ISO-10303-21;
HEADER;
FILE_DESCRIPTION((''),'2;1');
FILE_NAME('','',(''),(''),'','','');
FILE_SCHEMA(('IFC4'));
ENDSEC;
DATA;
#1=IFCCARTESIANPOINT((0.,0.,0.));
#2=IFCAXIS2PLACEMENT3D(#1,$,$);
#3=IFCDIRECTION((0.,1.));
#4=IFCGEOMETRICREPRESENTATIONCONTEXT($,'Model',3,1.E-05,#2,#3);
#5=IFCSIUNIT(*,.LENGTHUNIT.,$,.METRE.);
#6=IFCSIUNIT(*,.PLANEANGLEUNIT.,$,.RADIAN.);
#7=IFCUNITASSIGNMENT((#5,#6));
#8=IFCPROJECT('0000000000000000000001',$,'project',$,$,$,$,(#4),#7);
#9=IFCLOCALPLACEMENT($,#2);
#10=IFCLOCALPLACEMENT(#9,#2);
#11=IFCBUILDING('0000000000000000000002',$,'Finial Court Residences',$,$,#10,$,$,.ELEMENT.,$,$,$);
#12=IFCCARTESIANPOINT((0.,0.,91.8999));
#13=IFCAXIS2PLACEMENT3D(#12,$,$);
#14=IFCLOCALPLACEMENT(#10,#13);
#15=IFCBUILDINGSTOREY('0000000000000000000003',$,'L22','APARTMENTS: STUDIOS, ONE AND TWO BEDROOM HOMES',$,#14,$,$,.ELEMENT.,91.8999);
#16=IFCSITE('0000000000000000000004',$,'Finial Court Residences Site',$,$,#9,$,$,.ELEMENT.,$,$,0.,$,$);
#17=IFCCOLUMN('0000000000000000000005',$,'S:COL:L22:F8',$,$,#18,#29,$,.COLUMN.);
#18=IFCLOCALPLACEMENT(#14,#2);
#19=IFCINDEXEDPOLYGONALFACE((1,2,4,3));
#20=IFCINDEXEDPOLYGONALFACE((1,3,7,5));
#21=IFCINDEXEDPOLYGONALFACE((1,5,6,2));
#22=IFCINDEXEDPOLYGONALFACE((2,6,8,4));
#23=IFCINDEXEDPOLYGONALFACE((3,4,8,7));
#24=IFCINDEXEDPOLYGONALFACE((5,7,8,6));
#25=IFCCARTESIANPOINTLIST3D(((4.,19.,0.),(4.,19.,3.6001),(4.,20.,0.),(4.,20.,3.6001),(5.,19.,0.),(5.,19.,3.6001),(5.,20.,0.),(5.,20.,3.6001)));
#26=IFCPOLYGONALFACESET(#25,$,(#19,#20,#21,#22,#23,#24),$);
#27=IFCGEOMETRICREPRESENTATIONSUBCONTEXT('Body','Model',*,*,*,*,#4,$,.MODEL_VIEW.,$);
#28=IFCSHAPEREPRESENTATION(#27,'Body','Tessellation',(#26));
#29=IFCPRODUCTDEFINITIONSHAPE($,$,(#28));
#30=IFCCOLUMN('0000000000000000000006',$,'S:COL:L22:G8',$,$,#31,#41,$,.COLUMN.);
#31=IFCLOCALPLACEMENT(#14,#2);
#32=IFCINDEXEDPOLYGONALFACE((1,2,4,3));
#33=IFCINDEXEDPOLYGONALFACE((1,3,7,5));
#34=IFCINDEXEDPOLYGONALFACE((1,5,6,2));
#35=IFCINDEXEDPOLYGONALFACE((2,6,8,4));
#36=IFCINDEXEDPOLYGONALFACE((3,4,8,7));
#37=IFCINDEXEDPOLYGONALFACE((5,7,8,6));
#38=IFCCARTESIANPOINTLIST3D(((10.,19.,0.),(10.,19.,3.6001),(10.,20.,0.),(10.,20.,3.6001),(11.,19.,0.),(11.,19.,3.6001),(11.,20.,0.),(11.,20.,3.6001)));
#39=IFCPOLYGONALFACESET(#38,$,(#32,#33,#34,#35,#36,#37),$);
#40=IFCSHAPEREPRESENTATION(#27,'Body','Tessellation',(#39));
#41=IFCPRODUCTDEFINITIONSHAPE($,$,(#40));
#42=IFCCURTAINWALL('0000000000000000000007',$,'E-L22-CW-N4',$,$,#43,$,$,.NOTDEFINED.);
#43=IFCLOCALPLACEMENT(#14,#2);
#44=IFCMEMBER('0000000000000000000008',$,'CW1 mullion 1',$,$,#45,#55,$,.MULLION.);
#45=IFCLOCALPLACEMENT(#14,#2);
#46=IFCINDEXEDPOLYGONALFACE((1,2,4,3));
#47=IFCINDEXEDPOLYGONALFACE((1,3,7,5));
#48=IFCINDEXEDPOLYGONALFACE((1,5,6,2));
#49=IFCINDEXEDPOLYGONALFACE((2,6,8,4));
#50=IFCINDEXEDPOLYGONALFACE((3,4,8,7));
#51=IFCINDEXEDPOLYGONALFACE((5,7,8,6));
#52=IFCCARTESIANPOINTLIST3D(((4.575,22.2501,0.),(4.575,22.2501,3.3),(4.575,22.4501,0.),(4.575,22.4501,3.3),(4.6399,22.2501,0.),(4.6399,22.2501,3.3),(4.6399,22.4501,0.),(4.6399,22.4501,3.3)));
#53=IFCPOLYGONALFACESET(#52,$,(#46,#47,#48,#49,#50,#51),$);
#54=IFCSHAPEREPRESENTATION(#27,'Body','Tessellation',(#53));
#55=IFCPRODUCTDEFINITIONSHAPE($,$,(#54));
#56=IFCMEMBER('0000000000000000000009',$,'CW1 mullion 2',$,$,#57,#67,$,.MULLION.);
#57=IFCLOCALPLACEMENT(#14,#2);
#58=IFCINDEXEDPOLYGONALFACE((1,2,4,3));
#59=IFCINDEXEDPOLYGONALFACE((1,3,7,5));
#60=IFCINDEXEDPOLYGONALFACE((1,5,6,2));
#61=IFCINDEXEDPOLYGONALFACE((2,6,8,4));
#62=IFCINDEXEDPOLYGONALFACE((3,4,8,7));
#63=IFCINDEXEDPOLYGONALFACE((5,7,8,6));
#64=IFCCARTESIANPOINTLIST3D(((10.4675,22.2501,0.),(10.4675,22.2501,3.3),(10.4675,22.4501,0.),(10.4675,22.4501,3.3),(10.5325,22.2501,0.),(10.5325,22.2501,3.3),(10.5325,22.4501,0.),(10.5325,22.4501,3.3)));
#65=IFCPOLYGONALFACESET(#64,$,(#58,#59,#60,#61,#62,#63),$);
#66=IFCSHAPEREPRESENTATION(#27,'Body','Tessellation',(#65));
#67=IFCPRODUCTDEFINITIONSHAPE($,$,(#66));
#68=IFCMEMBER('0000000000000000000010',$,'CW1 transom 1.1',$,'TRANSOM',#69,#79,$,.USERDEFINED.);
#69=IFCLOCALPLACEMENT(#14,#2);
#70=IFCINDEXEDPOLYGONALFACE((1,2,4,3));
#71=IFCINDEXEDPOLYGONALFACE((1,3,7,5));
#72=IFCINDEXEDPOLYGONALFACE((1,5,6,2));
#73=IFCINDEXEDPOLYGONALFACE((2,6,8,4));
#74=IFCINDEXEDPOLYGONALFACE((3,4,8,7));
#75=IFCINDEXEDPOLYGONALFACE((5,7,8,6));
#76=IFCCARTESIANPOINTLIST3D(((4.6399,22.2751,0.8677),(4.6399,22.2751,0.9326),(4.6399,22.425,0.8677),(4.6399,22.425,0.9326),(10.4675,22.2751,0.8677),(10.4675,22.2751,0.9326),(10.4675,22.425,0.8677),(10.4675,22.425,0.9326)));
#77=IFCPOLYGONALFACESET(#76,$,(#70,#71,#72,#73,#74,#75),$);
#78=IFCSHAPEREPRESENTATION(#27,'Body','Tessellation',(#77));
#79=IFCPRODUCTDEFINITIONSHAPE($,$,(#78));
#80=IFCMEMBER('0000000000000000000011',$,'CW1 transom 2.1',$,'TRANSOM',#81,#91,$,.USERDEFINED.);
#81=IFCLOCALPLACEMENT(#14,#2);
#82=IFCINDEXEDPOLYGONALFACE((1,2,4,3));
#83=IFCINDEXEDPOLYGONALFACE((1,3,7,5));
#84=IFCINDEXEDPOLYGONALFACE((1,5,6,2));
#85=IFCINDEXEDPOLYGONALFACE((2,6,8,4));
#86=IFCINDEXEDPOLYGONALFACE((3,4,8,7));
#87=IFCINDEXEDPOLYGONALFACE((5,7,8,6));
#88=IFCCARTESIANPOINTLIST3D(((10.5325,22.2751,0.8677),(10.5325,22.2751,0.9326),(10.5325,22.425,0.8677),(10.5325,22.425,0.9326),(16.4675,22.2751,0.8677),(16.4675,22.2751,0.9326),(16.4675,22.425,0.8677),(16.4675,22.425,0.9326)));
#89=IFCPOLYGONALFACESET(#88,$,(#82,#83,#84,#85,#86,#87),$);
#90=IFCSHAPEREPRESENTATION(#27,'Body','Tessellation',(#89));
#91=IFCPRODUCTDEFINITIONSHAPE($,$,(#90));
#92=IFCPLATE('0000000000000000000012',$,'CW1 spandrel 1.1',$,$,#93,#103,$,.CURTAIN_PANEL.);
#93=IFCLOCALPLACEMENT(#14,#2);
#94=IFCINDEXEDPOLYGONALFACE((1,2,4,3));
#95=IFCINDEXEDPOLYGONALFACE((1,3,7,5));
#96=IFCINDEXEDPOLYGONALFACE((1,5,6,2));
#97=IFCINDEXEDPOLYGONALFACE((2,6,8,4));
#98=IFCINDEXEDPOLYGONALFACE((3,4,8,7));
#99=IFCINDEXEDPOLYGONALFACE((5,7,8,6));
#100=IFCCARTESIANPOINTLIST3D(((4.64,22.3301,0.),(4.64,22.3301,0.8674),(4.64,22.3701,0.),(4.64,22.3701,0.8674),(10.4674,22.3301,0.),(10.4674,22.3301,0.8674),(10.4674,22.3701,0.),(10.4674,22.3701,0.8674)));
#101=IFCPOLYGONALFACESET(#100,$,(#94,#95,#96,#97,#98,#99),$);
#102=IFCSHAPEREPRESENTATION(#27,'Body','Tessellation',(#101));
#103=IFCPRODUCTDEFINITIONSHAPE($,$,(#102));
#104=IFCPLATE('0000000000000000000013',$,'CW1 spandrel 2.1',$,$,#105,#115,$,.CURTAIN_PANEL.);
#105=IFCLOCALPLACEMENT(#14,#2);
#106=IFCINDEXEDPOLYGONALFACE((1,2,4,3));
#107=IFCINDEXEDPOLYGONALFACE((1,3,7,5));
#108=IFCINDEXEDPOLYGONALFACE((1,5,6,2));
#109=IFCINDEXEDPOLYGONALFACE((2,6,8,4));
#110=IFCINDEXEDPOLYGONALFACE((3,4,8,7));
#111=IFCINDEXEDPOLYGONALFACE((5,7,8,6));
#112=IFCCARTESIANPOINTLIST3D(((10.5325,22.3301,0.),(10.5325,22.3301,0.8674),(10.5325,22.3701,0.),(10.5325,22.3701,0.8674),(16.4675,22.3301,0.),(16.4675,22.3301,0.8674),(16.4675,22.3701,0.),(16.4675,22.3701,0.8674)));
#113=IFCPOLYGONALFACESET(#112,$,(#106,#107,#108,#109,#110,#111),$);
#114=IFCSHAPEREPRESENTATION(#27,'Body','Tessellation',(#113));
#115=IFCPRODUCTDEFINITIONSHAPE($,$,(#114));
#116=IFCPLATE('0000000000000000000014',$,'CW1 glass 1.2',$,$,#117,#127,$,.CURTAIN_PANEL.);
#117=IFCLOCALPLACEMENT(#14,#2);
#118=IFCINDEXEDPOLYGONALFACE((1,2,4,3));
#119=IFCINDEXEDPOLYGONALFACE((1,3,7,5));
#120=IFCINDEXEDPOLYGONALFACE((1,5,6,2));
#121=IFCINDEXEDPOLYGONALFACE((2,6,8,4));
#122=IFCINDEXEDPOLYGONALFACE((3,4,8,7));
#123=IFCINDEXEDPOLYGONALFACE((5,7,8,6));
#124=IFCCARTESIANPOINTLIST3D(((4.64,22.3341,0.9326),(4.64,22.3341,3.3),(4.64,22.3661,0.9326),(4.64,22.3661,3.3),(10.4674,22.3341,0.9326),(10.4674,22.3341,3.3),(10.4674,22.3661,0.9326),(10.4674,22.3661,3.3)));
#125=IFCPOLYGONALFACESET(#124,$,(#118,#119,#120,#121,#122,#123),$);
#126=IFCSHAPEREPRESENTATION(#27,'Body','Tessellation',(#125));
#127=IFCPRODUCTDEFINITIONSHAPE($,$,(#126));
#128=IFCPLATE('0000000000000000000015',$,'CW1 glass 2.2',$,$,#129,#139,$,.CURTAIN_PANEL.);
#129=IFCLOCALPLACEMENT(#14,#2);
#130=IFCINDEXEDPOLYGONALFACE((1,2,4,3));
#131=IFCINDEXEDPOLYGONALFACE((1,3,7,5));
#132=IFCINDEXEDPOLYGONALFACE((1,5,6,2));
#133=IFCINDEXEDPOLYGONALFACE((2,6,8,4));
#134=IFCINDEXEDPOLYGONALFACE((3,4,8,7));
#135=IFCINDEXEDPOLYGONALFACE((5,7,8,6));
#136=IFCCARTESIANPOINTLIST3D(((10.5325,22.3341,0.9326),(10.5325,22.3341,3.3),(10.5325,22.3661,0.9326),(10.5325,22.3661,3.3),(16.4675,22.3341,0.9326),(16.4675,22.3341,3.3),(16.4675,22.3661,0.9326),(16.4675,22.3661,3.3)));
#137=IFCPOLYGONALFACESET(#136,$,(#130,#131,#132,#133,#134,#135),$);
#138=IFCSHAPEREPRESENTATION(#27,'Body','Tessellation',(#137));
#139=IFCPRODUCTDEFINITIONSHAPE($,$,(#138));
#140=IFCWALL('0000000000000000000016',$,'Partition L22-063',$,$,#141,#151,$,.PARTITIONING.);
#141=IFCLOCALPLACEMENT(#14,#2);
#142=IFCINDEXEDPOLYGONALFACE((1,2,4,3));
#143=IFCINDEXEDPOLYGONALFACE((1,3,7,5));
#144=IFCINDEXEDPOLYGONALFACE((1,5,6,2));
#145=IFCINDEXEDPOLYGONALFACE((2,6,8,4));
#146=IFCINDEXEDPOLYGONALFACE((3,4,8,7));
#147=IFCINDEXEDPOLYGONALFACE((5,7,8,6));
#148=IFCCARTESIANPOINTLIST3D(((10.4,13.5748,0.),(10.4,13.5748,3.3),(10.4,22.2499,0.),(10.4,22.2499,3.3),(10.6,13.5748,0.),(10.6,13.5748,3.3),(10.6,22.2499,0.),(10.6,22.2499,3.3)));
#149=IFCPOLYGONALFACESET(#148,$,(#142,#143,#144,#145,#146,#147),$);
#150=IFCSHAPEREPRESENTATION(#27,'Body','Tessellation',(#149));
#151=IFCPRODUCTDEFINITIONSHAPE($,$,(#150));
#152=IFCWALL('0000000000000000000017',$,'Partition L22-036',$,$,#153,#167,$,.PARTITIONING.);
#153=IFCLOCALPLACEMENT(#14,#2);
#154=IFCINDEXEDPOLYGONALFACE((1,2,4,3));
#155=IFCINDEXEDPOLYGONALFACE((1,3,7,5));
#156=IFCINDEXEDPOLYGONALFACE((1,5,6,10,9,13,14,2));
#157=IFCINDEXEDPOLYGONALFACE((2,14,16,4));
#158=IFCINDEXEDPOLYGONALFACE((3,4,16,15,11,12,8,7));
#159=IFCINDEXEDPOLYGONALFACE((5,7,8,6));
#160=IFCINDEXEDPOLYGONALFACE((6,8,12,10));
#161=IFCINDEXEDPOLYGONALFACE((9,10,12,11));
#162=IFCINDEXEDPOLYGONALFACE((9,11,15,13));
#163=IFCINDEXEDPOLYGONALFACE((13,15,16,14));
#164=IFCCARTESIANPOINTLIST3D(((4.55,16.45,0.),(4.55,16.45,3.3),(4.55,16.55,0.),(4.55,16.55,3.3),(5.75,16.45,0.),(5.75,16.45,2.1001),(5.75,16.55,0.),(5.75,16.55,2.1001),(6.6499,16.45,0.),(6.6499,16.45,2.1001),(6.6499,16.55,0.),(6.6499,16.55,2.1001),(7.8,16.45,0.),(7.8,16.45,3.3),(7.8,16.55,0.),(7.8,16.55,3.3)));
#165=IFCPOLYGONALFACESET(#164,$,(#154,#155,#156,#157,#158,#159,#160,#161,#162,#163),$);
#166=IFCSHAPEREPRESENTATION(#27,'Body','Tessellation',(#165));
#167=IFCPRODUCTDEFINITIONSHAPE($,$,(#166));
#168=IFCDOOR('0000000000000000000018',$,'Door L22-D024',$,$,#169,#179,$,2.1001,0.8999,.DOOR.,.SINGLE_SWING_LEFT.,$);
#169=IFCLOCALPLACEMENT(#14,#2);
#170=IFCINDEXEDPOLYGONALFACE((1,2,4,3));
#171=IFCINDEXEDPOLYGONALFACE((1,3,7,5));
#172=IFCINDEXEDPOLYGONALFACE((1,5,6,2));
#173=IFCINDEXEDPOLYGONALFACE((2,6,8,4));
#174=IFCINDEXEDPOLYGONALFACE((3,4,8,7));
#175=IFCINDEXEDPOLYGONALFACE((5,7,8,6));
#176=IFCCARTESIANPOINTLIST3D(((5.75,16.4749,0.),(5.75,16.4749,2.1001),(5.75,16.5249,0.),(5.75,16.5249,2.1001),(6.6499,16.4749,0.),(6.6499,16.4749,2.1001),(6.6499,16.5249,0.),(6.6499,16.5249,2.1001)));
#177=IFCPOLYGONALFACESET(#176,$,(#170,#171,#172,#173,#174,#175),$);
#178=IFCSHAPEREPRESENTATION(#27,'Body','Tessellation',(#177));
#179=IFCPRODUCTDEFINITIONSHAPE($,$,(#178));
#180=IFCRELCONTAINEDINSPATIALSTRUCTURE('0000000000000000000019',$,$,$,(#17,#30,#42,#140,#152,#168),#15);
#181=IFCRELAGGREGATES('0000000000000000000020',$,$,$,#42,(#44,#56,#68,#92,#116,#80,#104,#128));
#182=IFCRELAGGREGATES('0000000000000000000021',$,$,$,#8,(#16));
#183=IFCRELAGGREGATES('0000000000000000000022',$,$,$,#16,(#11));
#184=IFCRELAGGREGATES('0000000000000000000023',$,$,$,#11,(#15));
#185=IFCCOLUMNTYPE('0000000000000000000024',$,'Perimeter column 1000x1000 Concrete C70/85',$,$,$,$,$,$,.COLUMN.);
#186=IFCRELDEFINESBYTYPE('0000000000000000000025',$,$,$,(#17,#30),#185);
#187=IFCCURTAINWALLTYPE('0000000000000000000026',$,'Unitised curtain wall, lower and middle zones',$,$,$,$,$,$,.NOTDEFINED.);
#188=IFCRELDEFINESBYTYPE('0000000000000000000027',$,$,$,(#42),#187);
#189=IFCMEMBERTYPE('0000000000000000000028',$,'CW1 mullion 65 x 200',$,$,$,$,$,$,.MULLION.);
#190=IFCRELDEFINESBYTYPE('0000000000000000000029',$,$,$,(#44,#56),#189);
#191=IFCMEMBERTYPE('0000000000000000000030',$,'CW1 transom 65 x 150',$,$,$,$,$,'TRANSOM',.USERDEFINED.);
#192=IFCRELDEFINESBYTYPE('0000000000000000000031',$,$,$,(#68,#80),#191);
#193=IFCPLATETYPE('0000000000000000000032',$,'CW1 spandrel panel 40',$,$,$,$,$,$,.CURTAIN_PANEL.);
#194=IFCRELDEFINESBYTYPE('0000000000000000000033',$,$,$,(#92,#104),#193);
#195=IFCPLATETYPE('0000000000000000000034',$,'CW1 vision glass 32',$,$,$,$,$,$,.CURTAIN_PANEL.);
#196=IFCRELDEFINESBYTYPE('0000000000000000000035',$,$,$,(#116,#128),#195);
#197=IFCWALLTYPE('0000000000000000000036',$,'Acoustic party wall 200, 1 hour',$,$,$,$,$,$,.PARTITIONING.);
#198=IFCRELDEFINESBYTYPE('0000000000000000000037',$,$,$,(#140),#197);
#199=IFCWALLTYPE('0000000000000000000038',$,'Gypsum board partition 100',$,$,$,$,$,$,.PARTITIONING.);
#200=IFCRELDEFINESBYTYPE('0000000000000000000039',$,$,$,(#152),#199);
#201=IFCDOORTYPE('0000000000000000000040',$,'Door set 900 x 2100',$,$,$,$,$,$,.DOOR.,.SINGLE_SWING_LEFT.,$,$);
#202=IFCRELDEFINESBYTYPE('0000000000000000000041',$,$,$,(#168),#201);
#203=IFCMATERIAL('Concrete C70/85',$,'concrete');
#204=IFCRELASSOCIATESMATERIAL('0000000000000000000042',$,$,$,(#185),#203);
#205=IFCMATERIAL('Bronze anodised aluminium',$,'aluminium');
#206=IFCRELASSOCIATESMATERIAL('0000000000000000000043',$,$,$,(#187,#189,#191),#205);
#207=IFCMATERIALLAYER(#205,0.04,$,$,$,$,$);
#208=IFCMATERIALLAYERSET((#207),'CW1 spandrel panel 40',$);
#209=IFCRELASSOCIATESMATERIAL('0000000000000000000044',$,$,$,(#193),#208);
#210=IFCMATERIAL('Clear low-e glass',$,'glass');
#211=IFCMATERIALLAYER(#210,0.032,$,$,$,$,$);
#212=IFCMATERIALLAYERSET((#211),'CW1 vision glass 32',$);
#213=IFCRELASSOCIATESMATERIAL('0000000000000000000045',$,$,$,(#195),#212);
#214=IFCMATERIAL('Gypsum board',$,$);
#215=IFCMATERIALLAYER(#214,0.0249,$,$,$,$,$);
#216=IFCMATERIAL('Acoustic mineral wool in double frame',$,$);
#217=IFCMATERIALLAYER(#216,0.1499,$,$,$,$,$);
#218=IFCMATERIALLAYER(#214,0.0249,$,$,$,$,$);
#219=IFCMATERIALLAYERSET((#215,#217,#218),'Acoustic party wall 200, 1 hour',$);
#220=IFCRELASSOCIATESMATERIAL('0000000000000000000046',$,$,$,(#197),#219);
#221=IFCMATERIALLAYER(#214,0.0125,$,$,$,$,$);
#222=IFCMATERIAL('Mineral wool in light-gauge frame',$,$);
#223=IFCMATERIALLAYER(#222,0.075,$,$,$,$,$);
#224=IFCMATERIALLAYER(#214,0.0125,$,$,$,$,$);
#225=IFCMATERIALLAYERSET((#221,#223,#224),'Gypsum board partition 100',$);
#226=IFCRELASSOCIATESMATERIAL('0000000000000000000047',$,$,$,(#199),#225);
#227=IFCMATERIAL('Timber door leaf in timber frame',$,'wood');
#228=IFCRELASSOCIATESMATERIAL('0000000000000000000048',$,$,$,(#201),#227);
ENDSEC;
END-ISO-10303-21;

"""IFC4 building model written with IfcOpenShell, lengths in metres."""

from ifc_helpers import new_model, si_unit, direction, frame, frame_2d, origin, origin_2d, place, context, subcontext, project, spatial, rectangle, extrude, material, layer, layer_set, material_profile, profile_set, type_object, element, fill, aggregate, save


model = new_model("IFC4")

# Units and contexts
model_context = context("Model", 3, precision=1e-05, world=origin(), true_north=direction((0.0, 1.0)))
body_context = subcontext(model_context, "Body", "Model", "MODEL_VIEW")
ifc_project = project(units=[si_unit("LENGTHUNIT", "METRE"), si_unit("PLANEANGLEUNIT", "RADIAN")], contexts=[model_context])

# Site, building, storey
site_placement = place(None, origin())
site = spatial("IfcSite", under=ifc_project, at=site_placement, Name="Finial Court Residences Site", CompositionType="ELEMENT", RefElevation=0.0)
building_placement = place(site_placement, origin())
building = spatial("IfcBuilding", under=site, at=building_placement, Name="Finial Court Residences", CompositionType="ELEMENT")
storey_placement = place(building_placement, frame((0.0, 0.0, 91.8999)))
storey = spatial("IfcBuildingStorey", under=building, at=storey_placement, Name="L22", Description="APARTMENTS: STUDIOS, ONE AND TWO BEDROOM HOMES", CompositionType="ELEMENT", Elevation=91.8999)

# Columns
ifc_material_1 = material(Name="Concrete C70/85", Category="concrete")
ifc_material_profile_1 = material_profile(ifc_material_1, rectangle(XDim=1.0, YDim=1.0, at=origin_2d()), Name="1000x1000")
ifc_profile_set_1 = profile_set([ifc_material_profile_1], Name="Concrete C70/85")
column_type = type_object("IfcColumnType", Name="Perimeter column 1000x1000 Concrete C70/85", PredefinedType="COLUMN", material=ifc_profile_set_1)
for number, where, z_axis, x_axis, name in (
    (1, (4.5, 19.5, 0.0), (0.0, 0.0, 1.0), (1.0, 0.0, 0.0), "S:COL:L22:F8"),
    (2, (10.5, 19.5, 0.0), (0.0, 0.0, 1.0), (1.0, 0.0, 0.0), "S:COL:L22:G8"),
):
    element("IfcColumn", number, at=place(storey_placement, frame(where, z_axis=z_axis, x_axis=x_axis)), inside=storey, type_object=column_type, Name=name, PredefinedType="COLUMN", context=body_context, shape_type="SweptSolid", body=[
        extrude(rectangle(XDim=1.0, YDim=1.0, at=origin_2d()), origin(), (0.0, 0.0, 1.0), 3.6001),
    ])

# Curtain wall, members, plates
ifc_material_2 = material(Name="Bronze anodised aluminium", Category="aluminium")
curtain_wall_type = type_object("IfcCurtainWallType", Name="Unitised curtain wall, lower and middle zones", PredefinedType="NOTDEFINED", material=ifc_material_2)
curtain_wall_placement = place(storey_placement, origin())
curtain_wall = element("IfcCurtainWall", 3, at=curtain_wall_placement, inside=storey, type_object=curtain_wall_type, Name="E-L22-CW-N4", PredefinedType="NOTDEFINED")
ifc_material_profile_2 = material_profile(ifc_material_2, rectangle(XDim=0.2, YDim=0.0649, at=origin_2d()), Name="CW1 mullion 65 x 200")
ifc_profile_set_2 = profile_set([ifc_material_profile_2], Name="Bronze anodised aluminium")
member_type_1 = type_object("IfcMemberType", Name="CW1 mullion 65 x 200", PredefinedType="MULLION", material=ifc_profile_set_2)
member_1_placement = place(storey_placement, frame((4.6074, 22.3501, 0.0), z_axis=(0.0, 0.0, 1.0), x_axis=(0.0, 1.0, 0.0)))
member_1 = element("IfcMember", 4, at=member_1_placement, type_object=member_type_1, Name="CW1 mullion 1", PredefinedType="MULLION", context=body_context, shape_type="SweptSolid", body=[
    extrude(rectangle(XDim=0.2, YDim=0.0649, at=origin_2d()), origin(), (0.0, 0.0, 1.0), 3.3),
])
member_2_placement = place(storey_placement, frame((10.5, 22.3501, 0.0), z_axis=(0.0, 0.0, 1.0), x_axis=(0.0, 1.0, 0.0)))
member_2 = element("IfcMember", 5, at=member_2_placement, type_object=member_type_1, Name="CW1 mullion 2", PredefinedType="MULLION", context=body_context, shape_type="SweptSolid", body=[
    extrude(rectangle(XDim=0.2, YDim=0.0649, at=origin_2d()), origin(), (0.0, 0.0, 1.0), 3.3),
])
ifc_material_profile_3 = material_profile(ifc_material_2, rectangle(XDim=0.1499, YDim=0.0649, at=origin_2d()), Name="CW1 transom 65 x 150")
ifc_profile_set_3 = profile_set([ifc_material_profile_3], Name="Bronze anodised aluminium")
member_type_2 = type_object("IfcMemberType", Name="CW1 transom 65 x 150", ElementType="TRANSOM", PredefinedType="USERDEFINED", material=ifc_profile_set_3)
member_3_placement = place(storey_placement, frame((4.6399, 22.3501, 0.9001), z_axis=(1.0, 0.0, 0.0), x_axis=(0.0, 1.0, 0.0)))
member_3 = element("IfcMember", 6, at=member_3_placement, type_object=member_type_2, Name="CW1 transom 1.1", ObjectType="TRANSOM", PredefinedType="USERDEFINED", context=body_context, shape_type="SweptSolid", body=[
    extrude(rectangle(XDim=0.1499, YDim=0.0649, at=origin_2d()), origin(), (0.0, 0.0, 1.0), 5.8276),
])
member_4_placement = place(storey_placement, frame((10.5325, 22.3501, 0.9001), z_axis=(1.0, 0.0, 0.0), x_axis=(0.0, 1.0, 0.0)))
member_4 = element("IfcMember", 7, at=member_4_placement, type_object=member_type_2, Name="CW1 transom 2.1", ObjectType="TRANSOM", PredefinedType="USERDEFINED", context=body_context, shape_type="SweptSolid", body=[
    extrude(rectangle(XDim=0.1499, YDim=0.0649, at=origin_2d()), origin(), (0.0, 0.0, 1.0), 5.9351),
])
ifc_layer_1 = layer(ifc_material_2, 0.04)
ifc_layer_set_1 = layer_set([ifc_layer_1], Name="CW1 spandrel panel 40")
plate_type_1 = type_object("IfcPlateType", Name="CW1 spandrel panel 40", PredefinedType="CURTAIN_PANEL", material=ifc_layer_set_1)
plate_1_placement = place(storey_placement, frame((7.5537, 22.3501, 0.0), z_axis=(0.0, 0.0, 1.0), x_axis=(1.0, 0.0, 0.0)))
plate_1 = element("IfcPlate", 8, at=plate_1_placement, type_object=plate_type_1, Name="CW1 spandrel 1.1", PredefinedType="CURTAIN_PANEL", context=body_context, shape_type="SweptSolid", body=[
    extrude(rectangle(XDim=5.8274, YDim=0.04, at=origin_2d()), origin(), (0.0, 0.0, 1.0), 0.8674),
])
plate_2_placement = place(storey_placement, frame((13.5, 22.3501, 0.0), z_axis=(0.0, 0.0, 1.0), x_axis=(1.0, 0.0, 0.0)))
plate_2 = element("IfcPlate", 9, at=plate_2_placement, type_object=plate_type_1, Name="CW1 spandrel 2.1", PredefinedType="CURTAIN_PANEL", context=body_context, shape_type="SweptSolid", body=[
    extrude(rectangle(XDim=5.9351, YDim=0.04, at=origin_2d()), origin(), (0.0, 0.0, 1.0), 0.8674),
])
ifc_material_3 = material(Name="Clear low-e glass", Category="glass")
ifc_layer_2 = layer(ifc_material_3, 0.032)
ifc_layer_set_2 = layer_set([ifc_layer_2], Name="CW1 vision glass 32")
plate_type_2 = type_object("IfcPlateType", Name="CW1 vision glass 32", PredefinedType="CURTAIN_PANEL", material=ifc_layer_set_2)
plate_3_placement = place(storey_placement, frame((7.5537, 22.3501, 0.9326), z_axis=(0.0, 0.0, 1.0), x_axis=(1.0, 0.0, 0.0)))
plate_3 = element("IfcPlate", 10, at=plate_3_placement, type_object=plate_type_2, Name="CW1 glass 1.2", PredefinedType="CURTAIN_PANEL", context=body_context, shape_type="SweptSolid", body=[
    extrude(rectangle(XDim=5.8274, YDim=0.032, at=origin_2d()), origin(), (0.0, 0.0, 1.0), 2.3674),
])
plate_4_placement = place(storey_placement, frame((13.5, 22.3501, 0.9326), z_axis=(0.0, 0.0, 1.0), x_axis=(1.0, 0.0, 0.0)))
plate_4 = element("IfcPlate", 11, at=plate_4_placement, type_object=plate_type_2, Name="CW1 glass 2.2", PredefinedType="CURTAIN_PANEL", context=body_context, shape_type="SweptSolid", body=[
    extrude(rectangle(XDim=5.9351, YDim=0.032, at=origin_2d()), origin(), (0.0, 0.0, 1.0), 2.3674),
])
aggregate(curtain_wall, [member_1, member_2, member_3, plate_1, plate_3, member_4, plate_2, plate_4])

# Wall
ifc_material_4 = material(Name="Gypsum board")
ifc_layer_3 = layer(ifc_material_4, 0.0249)
ifc_material_5 = material(Name="Acoustic mineral wool in double frame")
ifc_layer_4 = layer(ifc_material_5, 0.1499)
ifc_layer_5 = layer(ifc_material_4, 0.0249)
ifc_layer_set_3 = layer_set([ifc_layer_3, ifc_layer_4, ifc_layer_5], Name="Acoustic party wall 200, 1 hour")
wall_type_1 = type_object("IfcWallType", Name="Acoustic party wall 200, 1 hour", PredefinedType="PARTITIONING", material=ifc_layer_set_3)
wall_1_placement = place(storey_placement, frame((10.5, 13.575, 0.0), z_axis=(0.0, 0.0, 1.0), x_axis=(0.0, 1.0, 0.0)))
element("IfcWall", 12, at=wall_1_placement, inside=storey, type_object=wall_type_1, Name="Partition L22-063", PredefinedType="PARTITIONING", context=body_context, shape_type="SweptSolid", body=[
    extrude(rectangle(XDim=8.675, YDim=0.2, at=frame_2d((4.3374, 0.0))), origin(), (0.0, 0.0, 1.0), 3.3),
])

# Wall, opening, door
ifc_layer_6 = layer(ifc_material_4, 0.0125)
ifc_material_6 = material(Name="Mineral wool in light-gauge frame")
ifc_layer_7 = layer(ifc_material_6, 0.075)
ifc_layer_8 = layer(ifc_material_4, 0.0125)
ifc_layer_set_4 = layer_set([ifc_layer_6, ifc_layer_7, ifc_layer_8], Name="Gypsum board partition 100")
wall_type_2 = type_object("IfcWallType", Name="Gypsum board partition 100", PredefinedType="PARTITIONING", material=ifc_layer_set_4)
wall_2_placement = place(storey_placement, frame((4.55, 16.5, 0.0), z_axis=(0.0, 0.0, 1.0), x_axis=(1.0, 0.0, 0.0)))
wall_2 = element("IfcWall", 13, at=wall_2_placement, inside=storey, type_object=wall_type_2, Name="Partition L22-036", PredefinedType="PARTITIONING", context=body_context, shape_type="SweptSolid", body=[
    extrude(rectangle(XDim=3.25, YDim=0.1001, at=frame_2d((1.625, 0.0))), origin(), (0.0, 0.0, 1.0), 3.3),
])
opening_1_placement = place(wall_2_placement, frame((1.2, 0.0, 0.0)))
opening_1 = element("IfcOpeningElement", 14, at=opening_1_placement, cuts=wall_2, PredefinedType="OPENING", context=body_context, shape_type="SweptSolid", body=[
    extrude(rectangle(XDim=0.8999, YDim=2.1001, at=frame_2d((0.45, 1.05))), frame((0.0, 0.0601, 0.0), z_axis=(0.0, -1.0, 0.0), x_axis=(1.0, 0.0, 0.0)), (0.0, 0.0, 1.0), 0.1201),
])
ifc_material_7 = material(Name="Timber door leaf in timber frame", Category="wood")
door_type = type_object("IfcDoorType", Name="Door set 900 x 2100", OperationType="SINGLE_SWING_LEFT", PredefinedType="DOOR", material=ifc_material_7)
door_1_placement = place(opening_1_placement, origin())
door_1 = element("IfcDoor", 15, at=door_1_placement, inside=storey, type_object=door_type, Name="Door L22-D024", OperationType="SINGLE_SWING_LEFT", OverallHeight=2.1001, OverallWidth=0.8999, PredefinedType="DOOR", context=body_context, shape_type="SweptSolid", body=[
    extrude(rectangle(XDim=0.8999, YDim=2.1001, at=frame_2d((0.45, 1.05))), frame((0.0, 0.0249, 0.0), z_axis=(0.0, -1.0, 0.0), x_axis=(1.0, 0.0, 0.0)), (0.0, 0.0, 1.0), 0.05),
])
fill(opening_1, door_1)

save(model, "model.ifc")
